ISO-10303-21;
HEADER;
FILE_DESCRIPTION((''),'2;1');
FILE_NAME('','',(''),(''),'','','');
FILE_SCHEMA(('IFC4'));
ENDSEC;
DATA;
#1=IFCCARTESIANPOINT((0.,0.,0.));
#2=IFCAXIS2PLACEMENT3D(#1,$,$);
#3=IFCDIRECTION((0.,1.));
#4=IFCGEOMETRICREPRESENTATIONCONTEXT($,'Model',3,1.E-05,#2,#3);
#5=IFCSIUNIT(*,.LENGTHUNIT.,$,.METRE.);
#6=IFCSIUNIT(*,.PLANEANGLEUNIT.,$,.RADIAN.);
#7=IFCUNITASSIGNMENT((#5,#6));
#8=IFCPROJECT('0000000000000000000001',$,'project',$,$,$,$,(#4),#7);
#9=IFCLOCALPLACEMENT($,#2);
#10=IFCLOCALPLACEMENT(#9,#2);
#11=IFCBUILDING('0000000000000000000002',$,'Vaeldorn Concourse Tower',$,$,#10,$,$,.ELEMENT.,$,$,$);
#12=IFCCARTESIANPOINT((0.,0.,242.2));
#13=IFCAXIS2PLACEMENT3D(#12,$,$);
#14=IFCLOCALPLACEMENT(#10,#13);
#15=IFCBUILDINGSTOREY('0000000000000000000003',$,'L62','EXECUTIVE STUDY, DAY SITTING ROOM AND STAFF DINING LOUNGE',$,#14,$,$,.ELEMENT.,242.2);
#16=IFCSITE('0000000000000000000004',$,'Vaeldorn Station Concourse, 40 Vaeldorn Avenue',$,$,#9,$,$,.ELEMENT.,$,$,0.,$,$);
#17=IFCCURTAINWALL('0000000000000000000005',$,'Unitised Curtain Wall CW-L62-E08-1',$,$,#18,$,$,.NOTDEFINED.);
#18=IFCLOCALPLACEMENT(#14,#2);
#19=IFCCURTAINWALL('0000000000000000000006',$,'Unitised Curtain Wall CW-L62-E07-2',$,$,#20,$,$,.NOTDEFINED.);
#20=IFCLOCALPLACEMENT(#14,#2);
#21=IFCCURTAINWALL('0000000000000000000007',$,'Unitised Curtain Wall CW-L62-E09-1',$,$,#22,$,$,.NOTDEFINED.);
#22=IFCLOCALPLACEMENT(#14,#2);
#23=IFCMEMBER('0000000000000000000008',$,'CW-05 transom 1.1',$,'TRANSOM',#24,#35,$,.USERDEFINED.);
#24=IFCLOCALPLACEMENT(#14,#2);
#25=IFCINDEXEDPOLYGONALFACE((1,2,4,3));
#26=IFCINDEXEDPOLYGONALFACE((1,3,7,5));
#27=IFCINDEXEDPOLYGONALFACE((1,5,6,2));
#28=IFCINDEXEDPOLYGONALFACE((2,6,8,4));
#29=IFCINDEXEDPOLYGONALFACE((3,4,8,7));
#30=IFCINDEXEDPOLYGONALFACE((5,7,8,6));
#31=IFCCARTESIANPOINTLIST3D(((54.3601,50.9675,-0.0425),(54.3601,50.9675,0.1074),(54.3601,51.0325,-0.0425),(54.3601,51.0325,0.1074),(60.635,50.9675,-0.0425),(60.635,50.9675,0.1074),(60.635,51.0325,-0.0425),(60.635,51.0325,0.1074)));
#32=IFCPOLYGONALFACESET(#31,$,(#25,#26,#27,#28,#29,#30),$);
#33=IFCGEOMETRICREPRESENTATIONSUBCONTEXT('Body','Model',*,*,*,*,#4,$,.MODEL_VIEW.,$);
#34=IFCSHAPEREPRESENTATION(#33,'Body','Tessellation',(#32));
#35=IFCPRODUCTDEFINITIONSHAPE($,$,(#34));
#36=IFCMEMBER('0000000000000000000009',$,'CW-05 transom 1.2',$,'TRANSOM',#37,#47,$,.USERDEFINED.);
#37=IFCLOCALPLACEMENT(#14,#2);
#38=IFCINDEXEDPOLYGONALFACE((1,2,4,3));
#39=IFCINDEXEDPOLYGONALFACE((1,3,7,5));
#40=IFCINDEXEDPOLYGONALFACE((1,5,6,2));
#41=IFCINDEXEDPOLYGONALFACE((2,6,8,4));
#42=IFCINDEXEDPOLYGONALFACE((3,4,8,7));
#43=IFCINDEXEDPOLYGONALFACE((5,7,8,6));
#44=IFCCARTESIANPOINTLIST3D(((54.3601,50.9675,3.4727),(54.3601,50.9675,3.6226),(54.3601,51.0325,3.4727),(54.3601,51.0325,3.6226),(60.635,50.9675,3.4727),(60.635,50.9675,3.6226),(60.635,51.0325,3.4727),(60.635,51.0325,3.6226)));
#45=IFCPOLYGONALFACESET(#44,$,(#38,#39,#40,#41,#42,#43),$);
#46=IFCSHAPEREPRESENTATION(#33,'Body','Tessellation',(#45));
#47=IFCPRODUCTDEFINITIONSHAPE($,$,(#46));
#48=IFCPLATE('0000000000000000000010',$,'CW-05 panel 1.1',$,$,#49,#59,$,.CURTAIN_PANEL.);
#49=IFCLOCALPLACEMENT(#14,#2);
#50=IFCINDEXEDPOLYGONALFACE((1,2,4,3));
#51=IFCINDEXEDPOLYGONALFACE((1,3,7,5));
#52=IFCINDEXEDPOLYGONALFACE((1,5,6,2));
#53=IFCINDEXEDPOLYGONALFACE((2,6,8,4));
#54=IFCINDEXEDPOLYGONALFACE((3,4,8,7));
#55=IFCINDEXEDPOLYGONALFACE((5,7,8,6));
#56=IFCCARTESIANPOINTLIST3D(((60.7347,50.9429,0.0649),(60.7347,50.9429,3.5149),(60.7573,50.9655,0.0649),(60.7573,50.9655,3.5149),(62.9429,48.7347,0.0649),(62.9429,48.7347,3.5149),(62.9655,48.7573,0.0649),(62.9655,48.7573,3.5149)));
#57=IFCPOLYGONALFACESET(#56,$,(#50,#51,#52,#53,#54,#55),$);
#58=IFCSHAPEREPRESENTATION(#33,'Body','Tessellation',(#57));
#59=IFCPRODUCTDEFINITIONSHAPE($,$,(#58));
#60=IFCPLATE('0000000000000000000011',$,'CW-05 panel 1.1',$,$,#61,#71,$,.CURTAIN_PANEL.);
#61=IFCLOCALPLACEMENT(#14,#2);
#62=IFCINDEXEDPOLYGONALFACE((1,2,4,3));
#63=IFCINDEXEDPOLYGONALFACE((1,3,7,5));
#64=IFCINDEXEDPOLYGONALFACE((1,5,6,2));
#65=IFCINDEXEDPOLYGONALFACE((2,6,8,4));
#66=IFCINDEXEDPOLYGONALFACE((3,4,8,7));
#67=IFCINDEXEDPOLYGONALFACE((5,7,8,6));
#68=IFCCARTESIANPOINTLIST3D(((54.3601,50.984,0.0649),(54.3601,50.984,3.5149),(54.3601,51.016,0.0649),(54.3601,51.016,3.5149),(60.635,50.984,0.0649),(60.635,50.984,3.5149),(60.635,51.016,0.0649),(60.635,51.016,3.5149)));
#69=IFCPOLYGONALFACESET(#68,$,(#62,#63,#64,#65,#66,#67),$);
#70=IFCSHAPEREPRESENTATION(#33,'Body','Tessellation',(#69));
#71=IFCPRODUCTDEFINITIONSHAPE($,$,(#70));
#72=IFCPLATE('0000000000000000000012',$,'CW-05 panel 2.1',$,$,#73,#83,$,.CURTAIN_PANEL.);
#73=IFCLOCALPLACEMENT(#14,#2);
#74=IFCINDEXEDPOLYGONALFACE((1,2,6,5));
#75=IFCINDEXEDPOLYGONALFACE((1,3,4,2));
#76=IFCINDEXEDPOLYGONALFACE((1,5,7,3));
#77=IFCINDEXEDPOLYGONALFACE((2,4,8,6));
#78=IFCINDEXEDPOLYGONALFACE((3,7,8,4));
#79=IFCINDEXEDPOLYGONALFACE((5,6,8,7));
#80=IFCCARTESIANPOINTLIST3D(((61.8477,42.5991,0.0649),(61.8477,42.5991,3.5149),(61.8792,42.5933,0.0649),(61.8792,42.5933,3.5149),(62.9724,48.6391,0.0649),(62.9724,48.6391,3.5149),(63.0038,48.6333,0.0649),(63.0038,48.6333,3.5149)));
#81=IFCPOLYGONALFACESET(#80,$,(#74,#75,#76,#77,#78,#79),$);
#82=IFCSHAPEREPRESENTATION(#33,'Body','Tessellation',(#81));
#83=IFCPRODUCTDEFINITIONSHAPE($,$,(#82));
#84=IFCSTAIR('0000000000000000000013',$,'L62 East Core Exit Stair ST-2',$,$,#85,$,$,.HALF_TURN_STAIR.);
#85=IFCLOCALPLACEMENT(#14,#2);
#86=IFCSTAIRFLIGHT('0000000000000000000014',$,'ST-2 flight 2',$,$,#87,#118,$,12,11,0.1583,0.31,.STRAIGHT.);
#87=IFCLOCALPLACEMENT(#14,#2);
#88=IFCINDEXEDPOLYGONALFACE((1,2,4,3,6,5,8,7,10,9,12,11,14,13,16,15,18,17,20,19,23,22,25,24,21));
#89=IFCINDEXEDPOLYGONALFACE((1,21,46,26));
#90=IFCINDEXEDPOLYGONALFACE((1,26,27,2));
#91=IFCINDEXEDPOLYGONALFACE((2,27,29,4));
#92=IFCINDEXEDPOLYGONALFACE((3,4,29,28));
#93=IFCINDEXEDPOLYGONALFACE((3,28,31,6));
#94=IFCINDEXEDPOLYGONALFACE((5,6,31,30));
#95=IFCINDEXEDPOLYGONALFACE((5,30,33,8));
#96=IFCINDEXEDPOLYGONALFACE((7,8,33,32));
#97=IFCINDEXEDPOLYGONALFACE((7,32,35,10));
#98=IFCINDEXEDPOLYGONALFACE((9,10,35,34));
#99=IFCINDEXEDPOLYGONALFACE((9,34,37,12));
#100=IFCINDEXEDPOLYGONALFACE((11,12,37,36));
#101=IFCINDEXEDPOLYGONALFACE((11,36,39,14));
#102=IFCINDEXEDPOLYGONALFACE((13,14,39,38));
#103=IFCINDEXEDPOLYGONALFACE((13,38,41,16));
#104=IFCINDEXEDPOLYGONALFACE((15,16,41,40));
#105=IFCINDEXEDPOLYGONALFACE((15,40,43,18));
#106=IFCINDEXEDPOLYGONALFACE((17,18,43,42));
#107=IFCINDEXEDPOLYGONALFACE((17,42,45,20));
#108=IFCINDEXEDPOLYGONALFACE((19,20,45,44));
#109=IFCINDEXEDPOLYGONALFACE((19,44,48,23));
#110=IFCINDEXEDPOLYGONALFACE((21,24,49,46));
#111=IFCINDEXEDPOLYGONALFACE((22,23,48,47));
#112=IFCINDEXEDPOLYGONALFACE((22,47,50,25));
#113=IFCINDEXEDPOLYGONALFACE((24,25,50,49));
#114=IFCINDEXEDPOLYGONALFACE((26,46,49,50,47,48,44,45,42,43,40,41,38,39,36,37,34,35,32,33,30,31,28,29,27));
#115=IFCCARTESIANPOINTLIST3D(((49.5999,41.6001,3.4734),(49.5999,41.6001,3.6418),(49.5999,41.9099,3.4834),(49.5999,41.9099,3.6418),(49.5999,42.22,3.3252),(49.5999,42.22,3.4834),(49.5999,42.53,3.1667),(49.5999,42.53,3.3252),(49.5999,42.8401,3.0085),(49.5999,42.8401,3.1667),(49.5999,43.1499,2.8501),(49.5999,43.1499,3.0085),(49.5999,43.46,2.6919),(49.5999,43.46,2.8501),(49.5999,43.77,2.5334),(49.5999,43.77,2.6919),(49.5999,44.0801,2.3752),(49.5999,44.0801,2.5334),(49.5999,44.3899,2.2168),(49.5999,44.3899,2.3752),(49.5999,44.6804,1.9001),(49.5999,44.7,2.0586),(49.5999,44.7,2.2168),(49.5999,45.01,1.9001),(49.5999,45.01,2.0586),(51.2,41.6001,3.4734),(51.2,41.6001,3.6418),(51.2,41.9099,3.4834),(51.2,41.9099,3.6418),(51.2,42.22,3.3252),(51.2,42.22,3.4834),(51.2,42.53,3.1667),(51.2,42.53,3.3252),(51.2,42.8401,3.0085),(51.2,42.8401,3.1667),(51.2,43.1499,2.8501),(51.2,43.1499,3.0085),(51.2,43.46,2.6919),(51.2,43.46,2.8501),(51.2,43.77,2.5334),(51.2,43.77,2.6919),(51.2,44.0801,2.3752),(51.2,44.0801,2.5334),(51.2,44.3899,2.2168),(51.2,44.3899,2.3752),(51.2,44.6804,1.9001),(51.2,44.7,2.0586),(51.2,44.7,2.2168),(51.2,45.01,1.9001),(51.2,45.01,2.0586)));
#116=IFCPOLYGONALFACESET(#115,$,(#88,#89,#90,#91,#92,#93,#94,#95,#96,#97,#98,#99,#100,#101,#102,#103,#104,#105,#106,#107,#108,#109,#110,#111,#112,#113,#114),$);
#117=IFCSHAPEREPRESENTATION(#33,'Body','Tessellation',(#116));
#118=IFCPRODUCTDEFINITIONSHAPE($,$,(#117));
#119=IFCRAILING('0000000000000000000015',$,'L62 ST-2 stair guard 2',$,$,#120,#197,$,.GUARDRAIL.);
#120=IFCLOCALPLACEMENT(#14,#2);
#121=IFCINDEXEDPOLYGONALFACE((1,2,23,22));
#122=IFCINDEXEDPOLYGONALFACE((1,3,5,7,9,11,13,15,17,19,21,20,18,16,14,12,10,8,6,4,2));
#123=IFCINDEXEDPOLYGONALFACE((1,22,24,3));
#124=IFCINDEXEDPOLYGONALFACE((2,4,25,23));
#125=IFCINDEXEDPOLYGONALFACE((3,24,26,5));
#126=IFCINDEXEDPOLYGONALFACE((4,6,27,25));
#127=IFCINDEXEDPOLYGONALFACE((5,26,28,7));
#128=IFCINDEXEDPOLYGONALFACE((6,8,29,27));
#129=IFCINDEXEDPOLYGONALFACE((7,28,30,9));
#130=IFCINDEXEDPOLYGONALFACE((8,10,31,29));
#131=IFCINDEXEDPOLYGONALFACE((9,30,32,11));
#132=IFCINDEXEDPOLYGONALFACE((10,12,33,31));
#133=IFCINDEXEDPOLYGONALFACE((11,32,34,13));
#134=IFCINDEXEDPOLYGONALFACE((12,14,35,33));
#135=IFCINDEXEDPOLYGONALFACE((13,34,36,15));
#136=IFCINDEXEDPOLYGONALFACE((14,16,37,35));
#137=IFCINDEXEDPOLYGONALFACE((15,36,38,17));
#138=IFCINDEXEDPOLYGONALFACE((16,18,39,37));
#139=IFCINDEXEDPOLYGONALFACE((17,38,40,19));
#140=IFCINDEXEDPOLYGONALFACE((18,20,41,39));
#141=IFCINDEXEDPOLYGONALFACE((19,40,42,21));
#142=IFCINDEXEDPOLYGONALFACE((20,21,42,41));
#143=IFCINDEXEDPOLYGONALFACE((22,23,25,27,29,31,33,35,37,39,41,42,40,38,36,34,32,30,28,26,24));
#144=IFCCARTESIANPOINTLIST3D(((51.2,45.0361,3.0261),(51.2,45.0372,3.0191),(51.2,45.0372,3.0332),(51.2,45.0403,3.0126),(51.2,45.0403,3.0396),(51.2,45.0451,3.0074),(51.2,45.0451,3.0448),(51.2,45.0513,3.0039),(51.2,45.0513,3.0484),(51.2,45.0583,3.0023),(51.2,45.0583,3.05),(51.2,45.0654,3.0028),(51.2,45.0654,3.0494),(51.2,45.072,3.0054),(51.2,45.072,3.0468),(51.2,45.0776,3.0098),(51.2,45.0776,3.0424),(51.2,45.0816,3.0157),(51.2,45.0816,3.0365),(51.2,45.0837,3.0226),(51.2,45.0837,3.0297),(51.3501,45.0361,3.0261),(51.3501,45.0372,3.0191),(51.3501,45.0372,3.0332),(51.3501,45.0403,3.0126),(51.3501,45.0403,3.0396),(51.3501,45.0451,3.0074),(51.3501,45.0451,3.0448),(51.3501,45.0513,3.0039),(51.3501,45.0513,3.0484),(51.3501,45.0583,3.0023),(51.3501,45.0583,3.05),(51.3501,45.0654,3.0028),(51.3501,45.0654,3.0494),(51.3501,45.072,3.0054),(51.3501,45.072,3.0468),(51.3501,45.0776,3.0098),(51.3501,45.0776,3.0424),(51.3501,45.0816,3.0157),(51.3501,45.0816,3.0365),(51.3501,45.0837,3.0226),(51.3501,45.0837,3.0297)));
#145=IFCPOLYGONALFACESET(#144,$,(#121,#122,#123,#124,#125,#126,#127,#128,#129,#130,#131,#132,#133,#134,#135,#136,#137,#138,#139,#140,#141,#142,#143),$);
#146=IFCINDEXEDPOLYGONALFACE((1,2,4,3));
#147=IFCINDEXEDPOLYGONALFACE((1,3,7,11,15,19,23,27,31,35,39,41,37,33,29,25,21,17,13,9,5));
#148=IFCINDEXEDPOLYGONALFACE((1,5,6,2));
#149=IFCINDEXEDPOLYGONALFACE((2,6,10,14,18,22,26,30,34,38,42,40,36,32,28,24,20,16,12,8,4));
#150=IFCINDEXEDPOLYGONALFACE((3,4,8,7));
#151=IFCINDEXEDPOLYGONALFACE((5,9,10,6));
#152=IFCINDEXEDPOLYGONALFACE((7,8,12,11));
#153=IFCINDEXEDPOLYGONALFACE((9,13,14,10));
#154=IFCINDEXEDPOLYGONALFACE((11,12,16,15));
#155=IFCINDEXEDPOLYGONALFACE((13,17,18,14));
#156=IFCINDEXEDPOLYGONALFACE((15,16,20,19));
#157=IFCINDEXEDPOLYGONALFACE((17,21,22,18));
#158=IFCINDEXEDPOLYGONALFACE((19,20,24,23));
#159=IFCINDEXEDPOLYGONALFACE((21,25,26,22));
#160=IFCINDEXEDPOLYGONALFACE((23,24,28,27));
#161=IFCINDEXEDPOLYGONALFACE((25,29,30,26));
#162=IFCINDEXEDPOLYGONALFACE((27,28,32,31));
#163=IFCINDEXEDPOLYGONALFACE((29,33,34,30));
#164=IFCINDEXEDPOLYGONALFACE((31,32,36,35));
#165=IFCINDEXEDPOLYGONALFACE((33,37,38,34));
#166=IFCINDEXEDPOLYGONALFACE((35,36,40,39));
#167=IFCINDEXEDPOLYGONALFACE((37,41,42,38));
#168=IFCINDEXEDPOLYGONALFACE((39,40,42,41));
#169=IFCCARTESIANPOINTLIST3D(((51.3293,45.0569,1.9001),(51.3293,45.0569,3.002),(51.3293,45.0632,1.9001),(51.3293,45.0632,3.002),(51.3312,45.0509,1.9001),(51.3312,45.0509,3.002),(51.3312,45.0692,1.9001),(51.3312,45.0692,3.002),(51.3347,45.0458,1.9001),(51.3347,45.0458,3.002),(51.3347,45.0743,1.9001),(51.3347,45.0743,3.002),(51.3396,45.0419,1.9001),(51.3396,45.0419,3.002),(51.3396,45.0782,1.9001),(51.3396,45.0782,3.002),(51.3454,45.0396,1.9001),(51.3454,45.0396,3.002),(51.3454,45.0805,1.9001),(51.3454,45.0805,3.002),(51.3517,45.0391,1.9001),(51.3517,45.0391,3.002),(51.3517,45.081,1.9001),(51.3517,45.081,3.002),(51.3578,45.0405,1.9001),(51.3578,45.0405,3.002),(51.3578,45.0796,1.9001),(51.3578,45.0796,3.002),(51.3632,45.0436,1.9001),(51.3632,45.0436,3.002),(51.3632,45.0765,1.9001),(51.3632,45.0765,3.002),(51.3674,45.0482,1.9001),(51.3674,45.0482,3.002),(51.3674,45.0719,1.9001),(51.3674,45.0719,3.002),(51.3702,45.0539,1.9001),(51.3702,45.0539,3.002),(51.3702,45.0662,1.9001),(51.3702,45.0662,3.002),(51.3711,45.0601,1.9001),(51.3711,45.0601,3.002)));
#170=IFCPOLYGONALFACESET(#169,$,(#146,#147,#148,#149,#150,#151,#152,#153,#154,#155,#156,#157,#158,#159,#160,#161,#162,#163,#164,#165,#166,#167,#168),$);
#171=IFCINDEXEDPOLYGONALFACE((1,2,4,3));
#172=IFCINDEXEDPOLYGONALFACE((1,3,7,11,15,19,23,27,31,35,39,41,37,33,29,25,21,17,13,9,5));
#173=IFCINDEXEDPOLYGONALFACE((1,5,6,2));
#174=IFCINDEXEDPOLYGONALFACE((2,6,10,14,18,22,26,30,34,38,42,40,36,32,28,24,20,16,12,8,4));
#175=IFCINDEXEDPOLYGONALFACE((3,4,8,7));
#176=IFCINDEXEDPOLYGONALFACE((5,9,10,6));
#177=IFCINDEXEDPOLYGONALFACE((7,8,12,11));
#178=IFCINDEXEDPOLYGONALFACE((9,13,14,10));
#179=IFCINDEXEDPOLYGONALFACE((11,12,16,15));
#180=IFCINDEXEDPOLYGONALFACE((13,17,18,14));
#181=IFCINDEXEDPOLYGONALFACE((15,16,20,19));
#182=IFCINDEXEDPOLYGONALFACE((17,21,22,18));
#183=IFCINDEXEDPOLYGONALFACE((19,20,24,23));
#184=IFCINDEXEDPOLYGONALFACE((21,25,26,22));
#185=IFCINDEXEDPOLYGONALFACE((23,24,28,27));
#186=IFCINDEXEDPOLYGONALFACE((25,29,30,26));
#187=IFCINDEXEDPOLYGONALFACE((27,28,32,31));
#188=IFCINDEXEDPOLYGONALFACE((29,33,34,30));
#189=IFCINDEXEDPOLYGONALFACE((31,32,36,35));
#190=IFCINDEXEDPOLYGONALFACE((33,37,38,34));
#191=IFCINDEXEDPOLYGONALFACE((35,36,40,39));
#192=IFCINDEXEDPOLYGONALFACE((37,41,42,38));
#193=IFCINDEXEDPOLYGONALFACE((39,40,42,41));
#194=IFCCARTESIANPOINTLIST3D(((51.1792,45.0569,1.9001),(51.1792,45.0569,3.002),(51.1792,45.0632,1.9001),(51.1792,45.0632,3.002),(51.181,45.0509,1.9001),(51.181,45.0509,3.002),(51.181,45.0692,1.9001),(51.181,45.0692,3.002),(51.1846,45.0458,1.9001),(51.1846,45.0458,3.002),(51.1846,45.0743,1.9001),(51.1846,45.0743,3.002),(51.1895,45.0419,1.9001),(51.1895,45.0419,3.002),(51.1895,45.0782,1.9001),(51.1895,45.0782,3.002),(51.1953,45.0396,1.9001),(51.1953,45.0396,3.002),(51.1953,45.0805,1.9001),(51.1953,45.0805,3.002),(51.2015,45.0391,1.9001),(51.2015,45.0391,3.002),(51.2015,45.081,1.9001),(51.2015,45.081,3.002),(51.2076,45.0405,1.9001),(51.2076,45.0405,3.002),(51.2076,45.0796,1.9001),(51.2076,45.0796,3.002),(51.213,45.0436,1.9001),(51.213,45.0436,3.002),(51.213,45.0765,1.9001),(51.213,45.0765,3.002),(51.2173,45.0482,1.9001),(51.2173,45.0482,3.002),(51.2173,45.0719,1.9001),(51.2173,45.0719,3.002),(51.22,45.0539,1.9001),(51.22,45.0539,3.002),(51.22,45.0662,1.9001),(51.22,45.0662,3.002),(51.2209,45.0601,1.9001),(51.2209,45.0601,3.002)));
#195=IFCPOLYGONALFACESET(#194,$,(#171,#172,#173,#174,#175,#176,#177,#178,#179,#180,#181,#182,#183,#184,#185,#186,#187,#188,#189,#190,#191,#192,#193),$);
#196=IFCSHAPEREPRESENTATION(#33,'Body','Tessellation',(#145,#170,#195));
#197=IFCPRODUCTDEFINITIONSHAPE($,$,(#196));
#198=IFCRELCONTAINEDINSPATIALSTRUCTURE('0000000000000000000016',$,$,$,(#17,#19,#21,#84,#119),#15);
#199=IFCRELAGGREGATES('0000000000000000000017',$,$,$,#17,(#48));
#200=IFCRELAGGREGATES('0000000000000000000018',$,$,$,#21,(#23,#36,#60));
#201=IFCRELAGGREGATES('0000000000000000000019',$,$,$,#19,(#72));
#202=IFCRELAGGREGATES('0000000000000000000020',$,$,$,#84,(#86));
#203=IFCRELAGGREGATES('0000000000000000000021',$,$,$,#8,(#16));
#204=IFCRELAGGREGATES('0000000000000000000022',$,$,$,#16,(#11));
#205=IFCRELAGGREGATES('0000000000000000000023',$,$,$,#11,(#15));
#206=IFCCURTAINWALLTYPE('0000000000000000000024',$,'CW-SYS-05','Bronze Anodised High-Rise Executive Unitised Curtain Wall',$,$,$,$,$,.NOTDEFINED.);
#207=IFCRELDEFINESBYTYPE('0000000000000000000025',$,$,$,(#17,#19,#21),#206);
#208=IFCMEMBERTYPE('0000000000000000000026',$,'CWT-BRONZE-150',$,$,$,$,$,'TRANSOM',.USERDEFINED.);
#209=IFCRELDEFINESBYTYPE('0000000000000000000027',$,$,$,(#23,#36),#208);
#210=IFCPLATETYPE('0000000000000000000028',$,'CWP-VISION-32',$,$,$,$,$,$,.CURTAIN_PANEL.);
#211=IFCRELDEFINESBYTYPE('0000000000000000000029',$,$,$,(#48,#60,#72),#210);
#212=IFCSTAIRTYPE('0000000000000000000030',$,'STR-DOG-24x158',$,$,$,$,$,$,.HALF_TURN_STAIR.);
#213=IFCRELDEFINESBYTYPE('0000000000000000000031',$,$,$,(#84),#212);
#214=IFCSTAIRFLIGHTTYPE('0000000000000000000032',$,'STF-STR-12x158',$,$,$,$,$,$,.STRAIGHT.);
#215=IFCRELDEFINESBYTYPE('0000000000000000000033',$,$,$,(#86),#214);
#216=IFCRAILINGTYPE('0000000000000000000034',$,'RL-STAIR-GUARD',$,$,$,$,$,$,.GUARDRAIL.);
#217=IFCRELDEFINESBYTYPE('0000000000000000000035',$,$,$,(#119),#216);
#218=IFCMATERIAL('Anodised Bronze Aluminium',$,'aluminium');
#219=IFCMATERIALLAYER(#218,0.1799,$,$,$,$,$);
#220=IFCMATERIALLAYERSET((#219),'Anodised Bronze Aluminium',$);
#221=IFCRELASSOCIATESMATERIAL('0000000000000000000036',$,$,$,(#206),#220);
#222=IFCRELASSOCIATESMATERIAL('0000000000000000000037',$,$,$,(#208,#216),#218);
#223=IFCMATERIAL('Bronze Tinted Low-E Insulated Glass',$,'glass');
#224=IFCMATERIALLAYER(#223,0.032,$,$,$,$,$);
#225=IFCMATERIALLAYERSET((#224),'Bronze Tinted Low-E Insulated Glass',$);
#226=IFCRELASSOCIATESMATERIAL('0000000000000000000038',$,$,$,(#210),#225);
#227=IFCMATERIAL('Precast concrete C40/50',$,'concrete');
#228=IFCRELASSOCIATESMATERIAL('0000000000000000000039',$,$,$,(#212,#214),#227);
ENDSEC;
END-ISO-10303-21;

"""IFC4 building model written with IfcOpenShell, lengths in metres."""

from ifc_helpers import new_model, si_unit, direction, frame, origin, origin_2d, place, context, subcontext, project, spatial, polyline, rectangle, circle, outline, extrude, source, transform, mapped, material, layer, layer_set, material_profile, profile_set, type_object, element, aggregate, save


model = new_model("IFC4")

# Units and contexts
model_context = context("Model", 3, precision=1e-05, world=origin(), true_north=direction((0.0, 1.0)))
body_context = subcontext(model_context, "Body", "Model", "MODEL_VIEW")
ifc_project = project(units=[si_unit("LENGTHUNIT", "METRE"), si_unit("PLANEANGLEUNIT", "RADIAN")], contexts=[model_context])

# Site, building, storey
site_placement = place(None, origin())
site = spatial("IfcSite", under=ifc_project, at=site_placement, Name="Vaeldorn Station Concourse, 40 Vaeldorn Avenue", CompositionType="ELEMENT", RefElevation=0.0)
building_placement = place(site_placement, origin())
building = spatial("IfcBuilding", under=site, at=building_placement, Name="Vaeldorn Concourse Tower", CompositionType="ELEMENT")
storey_placement = place(building_placement, frame((0.0, 0.0, 242.2)))
storey = spatial("IfcBuildingStorey", under=building, at=storey_placement, Name="L62", Description="EXECUTIVE STUDY, DAY SITTING ROOM AND STAFF DINING LOUNGE", CompositionType="ELEMENT", Elevation=242.2)

# Curtain wall
ifc_material_1 = material(Name="Anodised Bronze Aluminium", Category="aluminium")
ifc_layer_1 = layer(ifc_material_1, 0.1799)
ifc_layer_set_1 = layer_set([ifc_layer_1], Name="Anodised Bronze Aluminium")
curtain_wall_type = type_object("IfcCurtainWallType", Name="CW-SYS-05", Description="Bronze Anodised High-Rise Executive Unitised Curtain Wall", PredefinedType="NOTDEFINED", material=ifc_layer_set_1)
curtain_wall_1_placement = place(storey_placement, origin())
curtain_wall_1 = element("IfcCurtainWall", 1, at=curtain_wall_1_placement, inside=storey, type_object=curtain_wall_type, Name="Unitised Curtain Wall CW-L62-E08-1", PredefinedType="NOTDEFINED")
ifc_material_profile_1 = material_profile(ifc_material_1, rectangle(XDim=0.0649, YDim=0.1499, at=origin_2d()), Name="CWT 65x150")
ifc_profile_set_1 = profile_set([ifc_material_profile_1], Name="Anodised Bronze Aluminium")
member_type_1 = type_object("IfcMemberType", Name="CWT-BRONZE-150", ElementType="TRANSOM", PredefinedType="USERDEFINED", material=ifc_profile_set_1)

# Curtain wall
curtain_wall_2_placement = place(storey_placement, origin())
curtain_wall_2 = element("IfcCurtainWall", 2, at=curtain_wall_2_placement, inside=storey, type_object=curtain_wall_type, Name="Unitised Curtain Wall CW-L62-E07-2", PredefinedType="NOTDEFINED")

# Curtain wall, members
curtain_wall_3_placement = place(storey_placement, origin())
curtain_wall_3 = element("IfcCurtainWall", 3, at=curtain_wall_3_placement, inside=storey, type_object=curtain_wall_type, Name="Unitised Curtain Wall CW-L62-E09-1", PredefinedType="NOTDEFINED")
shared_shape_1 = source(origin(), body_context, "Body", "SweptSolid", [
    extrude(rectangle(XDim=0.0649, YDim=0.1499, at=origin_2d()), origin(), (0.0, 0.0, 1.0), 6.2749),
])
member_1_placement = place(storey_placement, frame((60.635, 51.0, 0.0325), z_axis=(-1.0, 0.0, 0.0), x_axis=(0.0, -1.0, 0.0)))
member_1 = element("IfcMember", 4, at=member_1_placement, type_object=member_type_1, Name="CW-05 transom 1.1", ObjectType="TRANSOM", PredefinedType="USERDEFINED", context=body_context, shape_type="MappedRepresentation", body=[
    mapped(shared_shape_1, transform((0.0, 0.0, 0.0), scale=1.0)),
])
member_2_placement = place(storey_placement, frame((60.635, 51.0, 3.5476), z_axis=(-1.0, 0.0, 0.0), x_axis=(0.0, -1.0, 0.0)))
member_2 = element("IfcMember", 5, at=member_2_placement, type_object=member_type_1, Name="CW-05 transom 1.2", ObjectType="TRANSOM", PredefinedType="USERDEFINED", context=body_context, shape_type="MappedRepresentation", body=[
    mapped(shared_shape_1, transform((0.0, 0.0, 0.0), scale=1.0)),
])

# Plates
ifc_material_2 = material(Name="Bronze Tinted Low-E Insulated Glass", Category="glass")
ifc_layer_2 = layer(ifc_material_2, 0.032)
ifc_layer_set_2 = layer_set([ifc_layer_2], Name="Bronze Tinted Low-E Insulated Glass")
plate_type = type_object("IfcPlateType", Name="CWP-VISION-32", PredefinedType="CURTAIN_PANEL", material=ifc_layer_set_2)
shared_shape_2 = source(origin(), body_context, "Body", "SweptSolid", [
    extrude(rectangle(XDim=3.1228, YDim=0.032, at=origin_2d()), origin(), (0.0, 0.0, 1.0), 3.45),
])
plate_1_placement = place(storey_placement, frame((61.8501, 49.8501, 0.0649), z_axis=(0.0, 0.0, 1.0), x_axis=(-0.707107, 0.707107, 0.0)))
plate_1 = element("IfcPlate", 6, at=plate_1_placement, type_object=plate_type, Name="CW-05 panel 1.1", PredefinedType="CURTAIN_PANEL", context=body_context, shape_type="MappedRepresentation", body=[
    mapped(shared_shape_2, transform((0.0, 0.0, 0.0), scale=1.0)),
])
aggregate(curtain_wall_1, [plate_1])
shared_shape_3 = source(origin(), body_context, "Body", "SweptSolid", [
    extrude(rectangle(XDim=6.2749, YDim=0.032, at=origin_2d()), origin(), (0.0, 0.0, 1.0), 3.45),
])
plate_2_placement = place(storey_placement, frame((57.4976, 51.0, 0.0649), z_axis=(0.0, 0.0, 1.0), x_axis=(-1.0, 0.0, 0.0)))
plate_2 = element("IfcPlate", 7, at=plate_2_placement, type_object=plate_type, Name="CW-05 panel 1.1", PredefinedType="CURTAIN_PANEL", context=body_context, shape_type="MappedRepresentation", body=[
    mapped(shared_shape_3, transform((0.0, 0.0, 0.0), scale=1.0)),
])
aggregate(curtain_wall_3, [member_1, member_2, plate_2])
shared_shape_4 = source(origin(), body_context, "Body", "SweptSolid", [
    extrude(rectangle(XDim=6.1438, YDim=0.032, at=origin_2d()), origin(), (0.0, 0.0, 1.0), 3.45),
])
plate_3_placement = place(storey_placement, frame((62.4258, 45.6162, 0.0649), z_axis=(0.0, 0.0, 1.0), x_axis=(0.183054, 0.983103, 0.0)))
plate_3 = element("IfcPlate", 8, at=plate_3_placement, type_object=plate_type, Name="CW-05 panel 2.1", PredefinedType="CURTAIN_PANEL", context=body_context, shape_type="MappedRepresentation", body=[
    mapped(shared_shape_4, transform((0.0, 0.0, 0.0), scale=1.0)),
])
aggregate(curtain_wall_2, [plate_3])

# Stair, stair flight
ifc_material_3 = material(Name="Precast concrete C40/50", Category="concrete")
stair_type = type_object("IfcStairType", Name="STR-DOG-24x158", PredefinedType="HALF_TURN_STAIR", material=ifc_material_3)
stair_placement = place(storey_placement, origin())
stair = element("IfcStair", 9, at=stair_placement, inside=storey, type_object=stair_type, Name="L62 East Core Exit Stair ST-2", PredefinedType="HALF_TURN_STAIR")
stair_flight_type = type_object("IfcStairFlightType", Name="STF-STR-12x158", PredefinedType="STRAIGHT", material=ifc_material_3)
stair_flight_placement = place(storey_placement, frame((50.3999, 45.01, 1.9001), z_axis=(0.0, 0.0, 1.0), x_axis=(0.0, -1.0, 0.0)))
stair_flight = element("IfcStairFlight", 10, at=stair_flight_placement, type_object=stair_flight_type, Name="ST-2 flight 2", NumberOfRisers=12, NumberOfTreads=11, PredefinedType="STRAIGHT", RiserHeight=0.1583, TreadLength=0.31, context=body_context, shape_type="SweptSolid", body=[
    extrude(outline(polyline([(0.0, 0.0), (0.0, 0.1584), (0.3101, 0.1584), (0.3101, 0.3167), (0.6201, 0.3167), (0.6201, 0.4751), (0.9299, 0.4751), (0.9299, 0.6333), (1.24, 0.6333), (1.24, 0.7917), (1.55, 0.7917), (1.55, 0.95), (1.8601, 0.95), (1.8601, 1.1084), (2.1699, 1.1084), (2.1699, 1.2666), (2.48, 1.2666), (2.48, 1.425), (2.79, 1.425), (2.79, 1.5833), (3.1001, 1.5833), (3.1001, 1.7417), (3.4099, 1.7417), (3.4099, 1.8999), (3.4099, 1.5732), (0.3296, 0.0), (0.0, 0.0)])), frame((0.0, 0.8, 0.0), z_axis=(0.0, -1.0, 0.0), x_axis=(1.0, 0.0, 0.0)), (0.0, 0.0, 1.0), 1.6001),
])
aggregate(stair, [stair_flight])

# Railing
railing_type_1 = type_object("IfcRailingType", Name="RL-STAIR-GUARD", PredefinedType="GUARDRAIL", material=ifc_material_1)
railing_1_placement = place(storey_placement, frame((51.3501, 45.0601, 1.9001)))
element("IfcRailing", 11, at=railing_1_placement, inside=storey, type_object=railing_type_1, Name="L62 ST-2 stair guard 2", PredefinedType="GUARDRAIL", context=body_context, shape_type="SweptSolid", body=[
    extrude(circle(Radius=0.0239, at=origin_2d()), frame((0.0, 0.0, 1.126), z_axis=(-1.0, 0.0, 0.0), x_axis=(0.0, -1.0, 0.0)), (0.0, 0.0, 1.0), 0.1501),
    extrude(circle(Radius=0.021, at=origin_2d()), origin(), (0.0, 0.0, 1.0), 1.1018),
    extrude(circle(Radius=0.021, at=origin_2d()), frame((-0.1501, 0.0, 0.0)), (0.0, 0.0, 1.0), 1.1018),
])

save(model, "model.ifc")
